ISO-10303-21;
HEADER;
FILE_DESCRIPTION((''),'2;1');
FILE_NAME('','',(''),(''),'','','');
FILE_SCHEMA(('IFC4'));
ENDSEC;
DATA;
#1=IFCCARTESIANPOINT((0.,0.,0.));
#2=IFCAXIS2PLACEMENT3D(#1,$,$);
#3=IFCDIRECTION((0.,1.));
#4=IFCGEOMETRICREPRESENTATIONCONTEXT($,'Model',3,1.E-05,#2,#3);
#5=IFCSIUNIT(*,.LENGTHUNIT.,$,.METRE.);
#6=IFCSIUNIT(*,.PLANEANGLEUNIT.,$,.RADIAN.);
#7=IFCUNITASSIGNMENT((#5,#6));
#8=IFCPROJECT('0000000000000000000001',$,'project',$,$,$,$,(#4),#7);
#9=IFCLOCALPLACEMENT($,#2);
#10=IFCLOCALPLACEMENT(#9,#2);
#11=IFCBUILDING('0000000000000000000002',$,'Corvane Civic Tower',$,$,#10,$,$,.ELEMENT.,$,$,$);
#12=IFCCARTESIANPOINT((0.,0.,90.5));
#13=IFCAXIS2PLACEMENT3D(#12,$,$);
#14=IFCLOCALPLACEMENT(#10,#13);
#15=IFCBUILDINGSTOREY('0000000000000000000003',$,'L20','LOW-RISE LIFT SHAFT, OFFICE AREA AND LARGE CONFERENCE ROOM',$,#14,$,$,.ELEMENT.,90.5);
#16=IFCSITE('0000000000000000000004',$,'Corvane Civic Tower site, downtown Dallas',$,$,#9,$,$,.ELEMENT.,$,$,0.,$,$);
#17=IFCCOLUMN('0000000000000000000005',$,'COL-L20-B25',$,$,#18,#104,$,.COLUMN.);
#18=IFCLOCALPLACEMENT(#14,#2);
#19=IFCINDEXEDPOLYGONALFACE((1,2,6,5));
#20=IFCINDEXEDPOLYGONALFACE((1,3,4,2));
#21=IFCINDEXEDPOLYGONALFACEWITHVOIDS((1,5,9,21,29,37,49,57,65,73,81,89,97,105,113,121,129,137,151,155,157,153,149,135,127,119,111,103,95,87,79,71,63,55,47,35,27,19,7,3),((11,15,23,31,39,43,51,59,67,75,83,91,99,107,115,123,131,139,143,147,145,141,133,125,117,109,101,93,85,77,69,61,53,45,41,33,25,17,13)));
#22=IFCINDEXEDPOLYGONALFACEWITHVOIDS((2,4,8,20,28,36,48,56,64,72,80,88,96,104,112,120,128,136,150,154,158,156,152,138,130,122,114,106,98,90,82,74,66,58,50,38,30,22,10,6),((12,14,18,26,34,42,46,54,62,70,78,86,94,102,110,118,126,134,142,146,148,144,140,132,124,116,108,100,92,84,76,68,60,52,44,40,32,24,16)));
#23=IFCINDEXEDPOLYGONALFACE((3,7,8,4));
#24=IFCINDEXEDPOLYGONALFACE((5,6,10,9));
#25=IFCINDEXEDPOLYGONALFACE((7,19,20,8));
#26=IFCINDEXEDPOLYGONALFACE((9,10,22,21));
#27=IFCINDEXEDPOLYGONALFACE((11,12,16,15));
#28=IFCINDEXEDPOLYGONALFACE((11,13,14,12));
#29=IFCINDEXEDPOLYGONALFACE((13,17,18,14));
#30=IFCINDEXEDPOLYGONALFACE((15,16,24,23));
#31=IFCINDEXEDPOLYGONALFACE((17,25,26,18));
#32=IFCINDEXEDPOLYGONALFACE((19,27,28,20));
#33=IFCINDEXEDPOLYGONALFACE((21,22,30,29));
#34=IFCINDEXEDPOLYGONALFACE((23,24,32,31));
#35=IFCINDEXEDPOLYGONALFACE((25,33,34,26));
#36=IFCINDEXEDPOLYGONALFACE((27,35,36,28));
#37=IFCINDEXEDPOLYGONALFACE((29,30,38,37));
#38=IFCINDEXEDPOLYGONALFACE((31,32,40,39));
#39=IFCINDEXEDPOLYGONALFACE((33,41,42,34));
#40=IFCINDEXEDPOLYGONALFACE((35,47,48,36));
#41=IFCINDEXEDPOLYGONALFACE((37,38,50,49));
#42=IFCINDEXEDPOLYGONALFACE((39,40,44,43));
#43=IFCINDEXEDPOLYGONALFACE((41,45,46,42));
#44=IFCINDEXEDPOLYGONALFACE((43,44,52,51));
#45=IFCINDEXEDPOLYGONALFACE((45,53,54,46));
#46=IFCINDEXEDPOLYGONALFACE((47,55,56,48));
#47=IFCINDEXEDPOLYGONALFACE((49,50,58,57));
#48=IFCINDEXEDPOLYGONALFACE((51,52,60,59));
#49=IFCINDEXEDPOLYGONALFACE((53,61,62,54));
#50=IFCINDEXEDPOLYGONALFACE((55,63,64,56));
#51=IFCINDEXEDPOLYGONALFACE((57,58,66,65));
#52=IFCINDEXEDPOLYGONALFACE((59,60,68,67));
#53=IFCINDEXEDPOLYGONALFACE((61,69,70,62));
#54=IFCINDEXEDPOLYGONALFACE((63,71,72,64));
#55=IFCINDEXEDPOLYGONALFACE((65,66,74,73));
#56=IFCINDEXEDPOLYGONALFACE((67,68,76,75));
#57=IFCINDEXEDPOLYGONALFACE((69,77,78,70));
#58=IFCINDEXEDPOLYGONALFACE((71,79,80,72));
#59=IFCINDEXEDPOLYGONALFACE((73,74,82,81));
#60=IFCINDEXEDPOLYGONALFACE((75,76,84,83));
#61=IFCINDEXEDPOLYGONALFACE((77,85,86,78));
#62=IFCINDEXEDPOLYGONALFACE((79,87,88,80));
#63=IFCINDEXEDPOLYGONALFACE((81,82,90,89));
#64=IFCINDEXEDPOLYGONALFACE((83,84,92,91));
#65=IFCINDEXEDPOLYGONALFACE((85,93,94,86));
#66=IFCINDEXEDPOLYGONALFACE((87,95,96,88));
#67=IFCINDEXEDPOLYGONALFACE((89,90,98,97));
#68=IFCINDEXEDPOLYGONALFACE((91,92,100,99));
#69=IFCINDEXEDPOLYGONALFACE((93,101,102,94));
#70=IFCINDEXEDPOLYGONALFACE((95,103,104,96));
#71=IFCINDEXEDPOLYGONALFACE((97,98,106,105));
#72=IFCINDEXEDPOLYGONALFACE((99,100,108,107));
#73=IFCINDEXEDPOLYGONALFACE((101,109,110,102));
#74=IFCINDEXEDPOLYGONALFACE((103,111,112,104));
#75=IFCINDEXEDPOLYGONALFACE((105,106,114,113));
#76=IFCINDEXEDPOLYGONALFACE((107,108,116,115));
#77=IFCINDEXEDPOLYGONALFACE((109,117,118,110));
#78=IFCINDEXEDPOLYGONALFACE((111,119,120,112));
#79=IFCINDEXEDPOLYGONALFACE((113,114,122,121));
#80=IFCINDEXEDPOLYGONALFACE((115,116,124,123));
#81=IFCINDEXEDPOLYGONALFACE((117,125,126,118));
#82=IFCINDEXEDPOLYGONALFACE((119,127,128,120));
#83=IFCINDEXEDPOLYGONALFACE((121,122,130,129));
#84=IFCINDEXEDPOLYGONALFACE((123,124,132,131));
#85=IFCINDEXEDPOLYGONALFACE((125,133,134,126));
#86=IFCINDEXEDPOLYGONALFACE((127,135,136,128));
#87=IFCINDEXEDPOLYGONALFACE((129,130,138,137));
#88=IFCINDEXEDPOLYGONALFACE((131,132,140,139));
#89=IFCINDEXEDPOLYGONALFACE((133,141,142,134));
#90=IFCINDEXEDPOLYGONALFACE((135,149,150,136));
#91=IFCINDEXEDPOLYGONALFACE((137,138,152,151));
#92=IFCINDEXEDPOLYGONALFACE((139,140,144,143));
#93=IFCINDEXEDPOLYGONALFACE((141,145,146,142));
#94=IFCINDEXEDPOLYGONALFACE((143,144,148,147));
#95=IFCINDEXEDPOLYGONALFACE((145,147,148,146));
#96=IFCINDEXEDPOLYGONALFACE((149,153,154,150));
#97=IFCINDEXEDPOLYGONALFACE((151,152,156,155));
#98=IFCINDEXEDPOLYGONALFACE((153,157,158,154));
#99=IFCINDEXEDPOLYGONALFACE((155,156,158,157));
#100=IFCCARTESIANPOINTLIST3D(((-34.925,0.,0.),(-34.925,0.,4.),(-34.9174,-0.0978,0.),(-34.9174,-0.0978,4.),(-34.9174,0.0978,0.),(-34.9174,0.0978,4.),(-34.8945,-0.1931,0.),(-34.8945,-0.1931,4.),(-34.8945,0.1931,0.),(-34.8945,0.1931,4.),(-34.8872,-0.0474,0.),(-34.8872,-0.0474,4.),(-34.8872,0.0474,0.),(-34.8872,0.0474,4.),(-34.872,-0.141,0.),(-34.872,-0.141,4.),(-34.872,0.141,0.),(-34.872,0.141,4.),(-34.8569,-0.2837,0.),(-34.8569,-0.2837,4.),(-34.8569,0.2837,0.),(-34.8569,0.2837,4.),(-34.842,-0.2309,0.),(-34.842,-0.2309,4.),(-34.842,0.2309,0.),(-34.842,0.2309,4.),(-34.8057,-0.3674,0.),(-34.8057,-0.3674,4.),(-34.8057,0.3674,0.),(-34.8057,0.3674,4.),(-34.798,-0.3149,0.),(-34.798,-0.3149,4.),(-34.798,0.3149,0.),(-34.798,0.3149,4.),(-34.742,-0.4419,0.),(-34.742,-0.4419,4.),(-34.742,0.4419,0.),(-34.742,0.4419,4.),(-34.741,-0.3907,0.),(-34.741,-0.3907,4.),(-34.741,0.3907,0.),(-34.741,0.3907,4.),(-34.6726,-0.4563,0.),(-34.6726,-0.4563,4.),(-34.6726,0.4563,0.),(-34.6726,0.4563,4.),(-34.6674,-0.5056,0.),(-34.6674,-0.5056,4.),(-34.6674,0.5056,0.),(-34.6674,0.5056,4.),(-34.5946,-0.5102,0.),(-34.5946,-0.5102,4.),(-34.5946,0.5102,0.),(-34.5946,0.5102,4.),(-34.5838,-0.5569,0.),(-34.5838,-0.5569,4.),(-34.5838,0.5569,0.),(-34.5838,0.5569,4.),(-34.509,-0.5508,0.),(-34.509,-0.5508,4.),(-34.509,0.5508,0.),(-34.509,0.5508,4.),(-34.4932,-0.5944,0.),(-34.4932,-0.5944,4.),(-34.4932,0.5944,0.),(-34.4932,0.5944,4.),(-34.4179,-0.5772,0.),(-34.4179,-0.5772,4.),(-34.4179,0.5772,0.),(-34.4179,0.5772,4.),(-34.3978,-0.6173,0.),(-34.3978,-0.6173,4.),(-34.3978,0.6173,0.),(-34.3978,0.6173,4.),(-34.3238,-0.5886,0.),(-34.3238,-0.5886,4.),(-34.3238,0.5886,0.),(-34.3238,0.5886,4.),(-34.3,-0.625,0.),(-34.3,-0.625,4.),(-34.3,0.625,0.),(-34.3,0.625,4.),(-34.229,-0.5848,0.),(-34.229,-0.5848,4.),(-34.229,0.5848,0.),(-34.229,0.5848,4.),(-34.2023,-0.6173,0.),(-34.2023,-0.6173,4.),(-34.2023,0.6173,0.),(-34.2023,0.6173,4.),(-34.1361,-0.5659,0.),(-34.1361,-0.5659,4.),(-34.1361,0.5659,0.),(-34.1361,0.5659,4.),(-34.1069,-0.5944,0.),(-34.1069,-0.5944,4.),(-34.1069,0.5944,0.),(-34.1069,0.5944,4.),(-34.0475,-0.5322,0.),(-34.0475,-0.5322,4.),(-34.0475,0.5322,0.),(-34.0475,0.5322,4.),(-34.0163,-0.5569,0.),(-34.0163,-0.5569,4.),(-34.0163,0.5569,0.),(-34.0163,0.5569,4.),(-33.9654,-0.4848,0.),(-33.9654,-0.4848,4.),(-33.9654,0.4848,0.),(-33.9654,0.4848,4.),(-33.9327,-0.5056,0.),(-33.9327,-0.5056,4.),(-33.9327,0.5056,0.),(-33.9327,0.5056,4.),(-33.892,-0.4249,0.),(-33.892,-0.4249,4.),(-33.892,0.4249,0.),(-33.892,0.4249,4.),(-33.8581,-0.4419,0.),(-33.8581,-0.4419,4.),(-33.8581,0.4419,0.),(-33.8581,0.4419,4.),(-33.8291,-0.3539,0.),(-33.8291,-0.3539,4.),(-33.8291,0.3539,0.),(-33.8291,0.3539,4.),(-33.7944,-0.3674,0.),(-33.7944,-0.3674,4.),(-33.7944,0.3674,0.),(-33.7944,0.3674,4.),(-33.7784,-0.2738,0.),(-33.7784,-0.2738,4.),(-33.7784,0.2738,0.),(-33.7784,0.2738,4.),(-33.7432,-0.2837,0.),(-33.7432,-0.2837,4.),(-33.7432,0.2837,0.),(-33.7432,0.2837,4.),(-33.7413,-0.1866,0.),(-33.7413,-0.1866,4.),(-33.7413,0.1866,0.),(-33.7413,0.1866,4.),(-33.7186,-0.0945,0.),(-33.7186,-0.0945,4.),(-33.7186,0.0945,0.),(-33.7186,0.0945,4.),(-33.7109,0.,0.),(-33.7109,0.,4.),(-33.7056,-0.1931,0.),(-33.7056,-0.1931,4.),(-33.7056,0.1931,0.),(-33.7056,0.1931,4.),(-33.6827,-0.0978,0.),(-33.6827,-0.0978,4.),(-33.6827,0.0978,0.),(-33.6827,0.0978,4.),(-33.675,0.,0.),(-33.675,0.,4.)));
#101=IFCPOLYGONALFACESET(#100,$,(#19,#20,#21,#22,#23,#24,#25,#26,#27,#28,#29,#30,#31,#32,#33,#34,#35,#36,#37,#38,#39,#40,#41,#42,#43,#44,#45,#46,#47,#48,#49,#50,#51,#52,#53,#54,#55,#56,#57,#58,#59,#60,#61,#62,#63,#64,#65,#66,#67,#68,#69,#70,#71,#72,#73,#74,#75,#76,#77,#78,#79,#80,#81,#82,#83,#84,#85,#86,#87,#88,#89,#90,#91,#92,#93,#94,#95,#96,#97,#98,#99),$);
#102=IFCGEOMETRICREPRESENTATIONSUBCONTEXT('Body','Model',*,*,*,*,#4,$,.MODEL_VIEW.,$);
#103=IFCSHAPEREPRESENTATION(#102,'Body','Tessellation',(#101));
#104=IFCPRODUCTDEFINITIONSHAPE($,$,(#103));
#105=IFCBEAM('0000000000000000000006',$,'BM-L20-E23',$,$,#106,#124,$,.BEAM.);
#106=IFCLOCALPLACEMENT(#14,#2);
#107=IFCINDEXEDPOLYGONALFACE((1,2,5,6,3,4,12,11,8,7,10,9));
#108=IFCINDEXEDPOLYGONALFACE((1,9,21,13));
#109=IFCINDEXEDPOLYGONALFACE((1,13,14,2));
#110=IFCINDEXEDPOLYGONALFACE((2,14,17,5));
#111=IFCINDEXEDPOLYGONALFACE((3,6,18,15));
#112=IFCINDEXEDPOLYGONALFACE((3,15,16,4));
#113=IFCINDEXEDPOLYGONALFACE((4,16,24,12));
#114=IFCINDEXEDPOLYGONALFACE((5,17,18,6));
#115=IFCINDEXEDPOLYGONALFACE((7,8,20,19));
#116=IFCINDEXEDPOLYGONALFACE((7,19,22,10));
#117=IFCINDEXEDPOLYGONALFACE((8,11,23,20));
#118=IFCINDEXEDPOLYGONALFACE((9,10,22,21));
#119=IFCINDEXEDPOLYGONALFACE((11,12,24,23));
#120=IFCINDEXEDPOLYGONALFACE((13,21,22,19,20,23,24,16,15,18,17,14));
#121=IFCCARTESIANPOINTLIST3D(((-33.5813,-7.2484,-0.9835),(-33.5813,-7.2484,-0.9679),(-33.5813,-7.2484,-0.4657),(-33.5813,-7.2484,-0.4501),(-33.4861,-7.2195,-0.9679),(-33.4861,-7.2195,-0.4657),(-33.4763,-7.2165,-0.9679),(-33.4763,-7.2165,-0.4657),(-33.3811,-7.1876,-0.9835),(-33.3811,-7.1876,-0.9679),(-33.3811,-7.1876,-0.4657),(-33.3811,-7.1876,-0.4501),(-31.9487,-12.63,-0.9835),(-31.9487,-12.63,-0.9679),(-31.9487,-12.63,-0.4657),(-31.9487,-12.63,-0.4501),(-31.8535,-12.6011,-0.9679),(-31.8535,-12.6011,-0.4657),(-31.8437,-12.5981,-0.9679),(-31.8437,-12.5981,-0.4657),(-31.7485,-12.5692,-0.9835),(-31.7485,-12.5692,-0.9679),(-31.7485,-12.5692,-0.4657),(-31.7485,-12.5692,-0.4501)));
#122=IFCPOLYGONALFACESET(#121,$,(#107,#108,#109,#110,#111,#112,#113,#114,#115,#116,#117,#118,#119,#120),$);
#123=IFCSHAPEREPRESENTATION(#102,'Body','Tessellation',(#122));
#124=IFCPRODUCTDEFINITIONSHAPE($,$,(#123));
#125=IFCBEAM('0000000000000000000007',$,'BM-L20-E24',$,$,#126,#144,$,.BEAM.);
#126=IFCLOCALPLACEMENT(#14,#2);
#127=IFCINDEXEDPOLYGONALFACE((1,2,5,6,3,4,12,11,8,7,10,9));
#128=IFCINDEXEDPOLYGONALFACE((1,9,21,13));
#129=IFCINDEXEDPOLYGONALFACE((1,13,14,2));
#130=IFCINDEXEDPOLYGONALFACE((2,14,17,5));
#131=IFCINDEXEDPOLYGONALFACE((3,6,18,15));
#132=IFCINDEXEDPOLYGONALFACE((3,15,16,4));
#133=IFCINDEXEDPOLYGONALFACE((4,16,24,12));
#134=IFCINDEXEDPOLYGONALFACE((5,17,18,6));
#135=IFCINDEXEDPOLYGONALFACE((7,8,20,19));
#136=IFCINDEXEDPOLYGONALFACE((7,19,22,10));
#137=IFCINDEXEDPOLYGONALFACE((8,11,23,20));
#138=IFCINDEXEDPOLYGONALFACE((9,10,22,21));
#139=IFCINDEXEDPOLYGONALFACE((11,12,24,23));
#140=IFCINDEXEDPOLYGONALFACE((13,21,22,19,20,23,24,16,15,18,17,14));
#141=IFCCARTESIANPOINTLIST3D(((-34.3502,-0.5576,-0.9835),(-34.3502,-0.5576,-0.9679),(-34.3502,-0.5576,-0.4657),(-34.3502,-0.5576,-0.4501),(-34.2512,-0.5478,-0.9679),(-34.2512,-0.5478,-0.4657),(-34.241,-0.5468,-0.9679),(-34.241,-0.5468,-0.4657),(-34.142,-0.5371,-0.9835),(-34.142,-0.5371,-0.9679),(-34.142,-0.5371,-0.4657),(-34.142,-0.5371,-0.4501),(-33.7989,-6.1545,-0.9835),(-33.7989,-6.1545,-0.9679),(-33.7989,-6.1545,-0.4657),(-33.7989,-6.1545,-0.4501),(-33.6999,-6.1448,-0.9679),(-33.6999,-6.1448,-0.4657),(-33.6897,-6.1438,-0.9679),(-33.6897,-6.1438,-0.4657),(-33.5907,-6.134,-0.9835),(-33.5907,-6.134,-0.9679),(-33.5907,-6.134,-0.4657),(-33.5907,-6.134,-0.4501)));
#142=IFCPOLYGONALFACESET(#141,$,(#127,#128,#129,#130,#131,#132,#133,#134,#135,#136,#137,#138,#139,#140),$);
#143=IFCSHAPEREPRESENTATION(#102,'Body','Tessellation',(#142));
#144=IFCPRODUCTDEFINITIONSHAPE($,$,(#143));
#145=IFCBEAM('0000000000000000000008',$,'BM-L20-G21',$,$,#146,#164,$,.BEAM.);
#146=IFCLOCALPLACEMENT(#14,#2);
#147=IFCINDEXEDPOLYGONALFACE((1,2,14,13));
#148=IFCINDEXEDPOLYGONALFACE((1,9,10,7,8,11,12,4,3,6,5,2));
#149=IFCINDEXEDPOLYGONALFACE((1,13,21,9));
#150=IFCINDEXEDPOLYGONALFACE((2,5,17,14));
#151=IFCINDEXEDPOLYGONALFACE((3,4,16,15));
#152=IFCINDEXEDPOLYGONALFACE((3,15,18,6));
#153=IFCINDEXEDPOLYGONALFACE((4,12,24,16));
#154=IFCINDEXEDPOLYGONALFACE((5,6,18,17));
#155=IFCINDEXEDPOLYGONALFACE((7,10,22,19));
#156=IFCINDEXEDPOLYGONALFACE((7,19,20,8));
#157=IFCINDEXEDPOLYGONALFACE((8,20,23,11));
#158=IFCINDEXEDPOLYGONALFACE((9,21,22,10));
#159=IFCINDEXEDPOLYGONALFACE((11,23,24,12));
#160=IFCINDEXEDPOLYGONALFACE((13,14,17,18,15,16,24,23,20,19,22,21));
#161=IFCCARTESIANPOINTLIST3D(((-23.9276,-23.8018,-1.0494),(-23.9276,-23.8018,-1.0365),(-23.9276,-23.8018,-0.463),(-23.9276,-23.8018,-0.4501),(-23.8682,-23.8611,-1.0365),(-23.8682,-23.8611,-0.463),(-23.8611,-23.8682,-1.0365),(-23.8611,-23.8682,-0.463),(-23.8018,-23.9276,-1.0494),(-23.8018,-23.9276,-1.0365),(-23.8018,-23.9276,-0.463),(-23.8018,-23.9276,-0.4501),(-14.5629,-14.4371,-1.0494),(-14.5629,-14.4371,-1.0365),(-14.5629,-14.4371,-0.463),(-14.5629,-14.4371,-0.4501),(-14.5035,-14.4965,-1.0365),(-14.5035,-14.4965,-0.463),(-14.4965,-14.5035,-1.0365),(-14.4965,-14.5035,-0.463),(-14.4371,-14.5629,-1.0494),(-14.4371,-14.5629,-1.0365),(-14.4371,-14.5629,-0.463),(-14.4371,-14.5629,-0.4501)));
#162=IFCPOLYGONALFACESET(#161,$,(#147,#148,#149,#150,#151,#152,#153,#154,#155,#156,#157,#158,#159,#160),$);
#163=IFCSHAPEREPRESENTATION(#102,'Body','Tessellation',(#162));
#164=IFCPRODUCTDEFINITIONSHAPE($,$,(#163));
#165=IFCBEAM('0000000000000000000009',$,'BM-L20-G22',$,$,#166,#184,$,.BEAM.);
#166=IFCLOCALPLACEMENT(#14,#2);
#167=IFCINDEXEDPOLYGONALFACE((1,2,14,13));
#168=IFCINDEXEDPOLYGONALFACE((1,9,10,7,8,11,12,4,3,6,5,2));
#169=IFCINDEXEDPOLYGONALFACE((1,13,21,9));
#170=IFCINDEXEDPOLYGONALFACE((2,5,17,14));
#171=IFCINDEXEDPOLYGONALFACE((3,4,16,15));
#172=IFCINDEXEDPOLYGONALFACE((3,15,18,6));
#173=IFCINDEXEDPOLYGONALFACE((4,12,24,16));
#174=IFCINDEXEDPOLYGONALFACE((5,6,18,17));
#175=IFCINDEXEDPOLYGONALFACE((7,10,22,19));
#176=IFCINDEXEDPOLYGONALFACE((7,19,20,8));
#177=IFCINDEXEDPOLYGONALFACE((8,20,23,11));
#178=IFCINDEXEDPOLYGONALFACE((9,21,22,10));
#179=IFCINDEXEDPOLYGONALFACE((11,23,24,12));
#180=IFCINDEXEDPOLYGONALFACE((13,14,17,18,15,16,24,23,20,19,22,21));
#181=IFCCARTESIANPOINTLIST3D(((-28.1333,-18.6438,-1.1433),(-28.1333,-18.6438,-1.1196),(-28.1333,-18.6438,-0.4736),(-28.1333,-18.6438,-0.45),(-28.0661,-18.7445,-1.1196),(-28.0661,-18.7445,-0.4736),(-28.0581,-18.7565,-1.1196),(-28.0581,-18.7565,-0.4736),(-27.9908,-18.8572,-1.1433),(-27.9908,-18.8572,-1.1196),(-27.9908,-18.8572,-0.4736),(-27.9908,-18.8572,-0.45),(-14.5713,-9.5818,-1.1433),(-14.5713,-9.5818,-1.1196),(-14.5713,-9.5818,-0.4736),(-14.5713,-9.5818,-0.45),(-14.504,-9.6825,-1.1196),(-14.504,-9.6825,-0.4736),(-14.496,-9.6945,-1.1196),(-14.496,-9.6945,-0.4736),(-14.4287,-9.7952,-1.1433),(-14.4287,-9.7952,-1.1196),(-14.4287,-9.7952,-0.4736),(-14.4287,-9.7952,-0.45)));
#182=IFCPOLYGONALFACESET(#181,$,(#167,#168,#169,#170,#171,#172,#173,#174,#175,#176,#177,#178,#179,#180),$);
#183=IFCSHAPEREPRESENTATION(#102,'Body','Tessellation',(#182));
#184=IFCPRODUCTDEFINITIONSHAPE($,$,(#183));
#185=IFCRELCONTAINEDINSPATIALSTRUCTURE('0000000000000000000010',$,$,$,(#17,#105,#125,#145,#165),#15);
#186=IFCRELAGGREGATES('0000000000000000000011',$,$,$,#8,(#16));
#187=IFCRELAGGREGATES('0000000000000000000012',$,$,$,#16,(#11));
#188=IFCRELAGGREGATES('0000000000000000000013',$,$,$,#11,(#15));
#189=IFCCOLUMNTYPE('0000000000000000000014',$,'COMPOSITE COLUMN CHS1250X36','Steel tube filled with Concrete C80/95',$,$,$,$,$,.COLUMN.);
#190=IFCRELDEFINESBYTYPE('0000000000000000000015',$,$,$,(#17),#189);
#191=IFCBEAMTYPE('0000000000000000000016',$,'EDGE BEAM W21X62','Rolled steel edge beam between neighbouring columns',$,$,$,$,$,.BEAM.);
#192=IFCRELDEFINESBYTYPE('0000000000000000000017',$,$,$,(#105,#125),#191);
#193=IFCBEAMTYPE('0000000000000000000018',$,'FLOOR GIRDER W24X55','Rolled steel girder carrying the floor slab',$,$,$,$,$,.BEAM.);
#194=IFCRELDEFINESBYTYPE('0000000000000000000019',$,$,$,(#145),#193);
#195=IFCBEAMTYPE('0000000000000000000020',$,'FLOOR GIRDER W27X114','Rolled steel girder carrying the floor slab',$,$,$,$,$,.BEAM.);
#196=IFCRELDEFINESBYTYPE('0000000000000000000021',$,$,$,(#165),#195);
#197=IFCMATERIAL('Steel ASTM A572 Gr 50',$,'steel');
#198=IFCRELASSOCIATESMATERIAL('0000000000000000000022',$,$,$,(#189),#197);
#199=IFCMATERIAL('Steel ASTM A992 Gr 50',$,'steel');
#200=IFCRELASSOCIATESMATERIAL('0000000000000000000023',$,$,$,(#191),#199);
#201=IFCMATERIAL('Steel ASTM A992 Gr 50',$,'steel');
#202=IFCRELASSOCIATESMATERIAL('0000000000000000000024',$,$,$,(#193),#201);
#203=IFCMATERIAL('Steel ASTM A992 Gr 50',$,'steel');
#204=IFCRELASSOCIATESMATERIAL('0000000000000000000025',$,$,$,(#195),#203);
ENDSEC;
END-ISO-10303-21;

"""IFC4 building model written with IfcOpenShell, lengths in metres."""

from ifc_helpers import new_model, si_unit, direction, frame, origin, origin_2d, place, context, subcontext, project, spatial, hollow_circle, i_section, extrude, material, material_profile, profile_set, type_object, element, save


model = new_model("IFC4")

# Units and contexts
model_context = context("Model", 3, precision=1e-05, world=origin(), true_north=direction((0.0, 1.0)))
body_context = subcontext(model_context, "Body", "Model", "MODEL_VIEW")
ifc_project = project(units=[si_unit("LENGTHUNIT", "METRE"), si_unit("PLANEANGLEUNIT", "RADIAN")], contexts=[model_context])

# Site, building, storey
site_placement = place(None, origin())
site = spatial("IfcSite", under=ifc_project, at=site_placement, Name="Corvane Civic Tower site, downtown Dallas", CompositionType="ELEMENT", RefElevation=0.0)
building_placement = place(site_placement, origin())
building = spatial("IfcBuilding", under=site, at=building_placement, Name="Corvane Civic Tower", CompositionType="ELEMENT")
storey_placement = place(building_placement, frame((0.0, 0.0, 90.5)))
storey = spatial("IfcBuildingStorey", under=building, at=storey_placement, Name="L20", Description="LOW-RISE LIFT SHAFT, OFFICE AREA AND LARGE CONFERENCE ROOM", CompositionType="ELEMENT", Elevation=90.5)

# Column
ifc_material_1 = material(Name="Steel ASTM A572 Gr 50", Category="steel")
ifc_material_profile_1 = material_profile(ifc_material_1, hollow_circle(Radius=0.625, WallThickness=0.0359, at=origin_2d()), Name="CHS1250X36")
ifc_profile_set_1 = profile_set([ifc_material_profile_1], Name="Steel ASTM A572 Gr 50")
column_type = type_object("IfcColumnType", Name="COMPOSITE COLUMN CHS1250X36", Description="Steel tube filled with Concrete C80/95", PredefinedType="COLUMN", material=ifc_profile_set_1)
for number, where, z_axis, x_axis, name in (
    (1, (-34.3, 0.0, 0.0), (0.0, 0.0, 1.0), (1.0, 0.0, 0.0), "COL-L20-B25"),
):
    element("IfcColumn", number, at=place(storey_placement, frame(where, z_axis=z_axis, x_axis=x_axis)), inside=storey, type_object=column_type, Name=name, PredefinedType="COLUMN", context=body_context, shape_type="SweptSolid", body=[
        extrude(hollow_circle(Radius=0.625, WallThickness=0.0359, at=origin_2d()), origin(), (0.0, 0.0, 1.0), 4.0),
    ])

# Beams
ifc_material_2 = material(Name="Steel ASTM A992 Gr 50", Category="steel")
ifc_material_profile_2 = material_profile(ifc_material_2, i_section(OverallWidth=0.2092, OverallDepth=0.5334, WebThickness=0.0103, FlangeThickness=0.0156, at=origin_2d()), Name="W21X62")
ifc_profile_set_2 = profile_set([ifc_material_profile_2], Name="Steel ASTM A992 Gr 50")
beam_type_1 = type_object("IfcBeamType", Name="EDGE BEAM W21X62", Description="Rolled steel edge beam between neighbouring columns", PredefinedType="BEAM", material=ifc_profile_set_2)
beam_1_placement = place(storey_placement, frame((-31.8486, -12.5996, -0.7168), z_axis=(-0.290298, 0.956936, 0.0), x_axis=(-0.956936, -0.290298, 0.0)))
element("IfcBeam", 2, at=beam_1_placement, inside=storey, type_object=beam_type_1, Name="BM-L20-E23", PredefinedType="BEAM", context=body_context, shape_type="SweptSolid", body=[
    extrude(i_section(OverallWidth=0.2092, OverallDepth=0.5334, WebThickness=0.0103, FlangeThickness=0.0156, at=origin_2d()), origin(), (0.0, 0.0, 1.0), 5.6238),
])
beam_2_placement = place(storey_placement, frame((-33.6948, -6.1443, -0.7168), z_axis=(-0.098021, 0.995184, 0.0), x_axis=(-0.995184, -0.098021, 0.0)))
element("IfcBeam", 3, at=beam_2_placement, inside=storey, type_object=beam_type_1, Name="BM-L20-E24", PredefinedType="BEAM", context=body_context, shape_type="SweptSolid", body=[
    extrude(i_section(OverallWidth=0.2092, OverallDepth=0.5334, WebThickness=0.0103, FlangeThickness=0.0156, at=origin_2d()), origin(), (0.0, 0.0, 1.0), 5.624),
])
ifc_material_3 = material(Name="Steel ASTM A992 Gr 50", Category="steel")
ifc_material_profile_3 = material_profile(ifc_material_3, i_section(OverallWidth=0.178, OverallDepth=0.5994, WebThickness=0.01, FlangeThickness=0.0129, at=origin_2d()), Name="W24X55")
ifc_profile_set_3 = profile_set([ifc_material_profile_3], Name="Steel ASTM A992 Gr 50")
beam_type_2 = type_object("IfcBeamType", Name="FLOOR GIRDER W24X55", Description="Rolled steel girder carrying the floor slab", PredefinedType="BEAM", material=ifc_profile_set_3)
beam_3_placement = place(storey_placement, frame((-14.5, -14.5, -0.7498), z_axis=(-0.707107, -0.707107, 0.0), x_axis=(0.707107, -0.707107, 0.0)))
element("IfcBeam", 4, at=beam_3_placement, inside=storey, type_object=beam_type_2, Name="BM-L20-G21", PredefinedType="BEAM", context=body_context, shape_type="SweptSolid", body=[
    extrude(i_section(OverallWidth=0.178, OverallDepth=0.5994, WebThickness=0.01, FlangeThickness=0.0129, at=origin_2d()), origin(), (0.0, 0.0, 1.0), 13.2437),
])
ifc_material_4 = material(Name="Steel ASTM A992 Gr 50", Category="steel")
ifc_material_profile_4 = material_profile(ifc_material_4, i_section(OverallWidth=0.2566, OverallDepth=0.6934, WebThickness=0.0144, FlangeThickness=0.0237, at=origin_2d()), Name="W27X114")
ifc_profile_set_4 = profile_set([ifc_material_profile_4], Name="Steel ASTM A992 Gr 50")
beam_type_3 = type_object("IfcBeamType", Name="FLOOR GIRDER W27X114", Description="Rolled steel girder carrying the floor slab", PredefinedType="BEAM", material=ifc_profile_set_4)
beam_4_placement = place(storey_placement, frame((-14.5, -9.6885, -0.7966), z_axis=(-0.831465, -0.555577, 0.0), x_axis=(0.555577, -0.831465, 0.0)))
element("IfcBeam", 5, at=beam_4_placement, inside=storey, type_object=beam_type_3, Name="BM-L20-G22", PredefinedType="BEAM", context=body_context, shape_type="SweptSolid", body=[
    extrude(i_section(OverallWidth=0.2566, OverallDepth=0.6934, WebThickness=0.0144, FlangeThickness=0.0237, at=origin_2d()), origin(), (0.0, 0.0, 1.0), 16.311),
])

save(model, "model.ifc")
